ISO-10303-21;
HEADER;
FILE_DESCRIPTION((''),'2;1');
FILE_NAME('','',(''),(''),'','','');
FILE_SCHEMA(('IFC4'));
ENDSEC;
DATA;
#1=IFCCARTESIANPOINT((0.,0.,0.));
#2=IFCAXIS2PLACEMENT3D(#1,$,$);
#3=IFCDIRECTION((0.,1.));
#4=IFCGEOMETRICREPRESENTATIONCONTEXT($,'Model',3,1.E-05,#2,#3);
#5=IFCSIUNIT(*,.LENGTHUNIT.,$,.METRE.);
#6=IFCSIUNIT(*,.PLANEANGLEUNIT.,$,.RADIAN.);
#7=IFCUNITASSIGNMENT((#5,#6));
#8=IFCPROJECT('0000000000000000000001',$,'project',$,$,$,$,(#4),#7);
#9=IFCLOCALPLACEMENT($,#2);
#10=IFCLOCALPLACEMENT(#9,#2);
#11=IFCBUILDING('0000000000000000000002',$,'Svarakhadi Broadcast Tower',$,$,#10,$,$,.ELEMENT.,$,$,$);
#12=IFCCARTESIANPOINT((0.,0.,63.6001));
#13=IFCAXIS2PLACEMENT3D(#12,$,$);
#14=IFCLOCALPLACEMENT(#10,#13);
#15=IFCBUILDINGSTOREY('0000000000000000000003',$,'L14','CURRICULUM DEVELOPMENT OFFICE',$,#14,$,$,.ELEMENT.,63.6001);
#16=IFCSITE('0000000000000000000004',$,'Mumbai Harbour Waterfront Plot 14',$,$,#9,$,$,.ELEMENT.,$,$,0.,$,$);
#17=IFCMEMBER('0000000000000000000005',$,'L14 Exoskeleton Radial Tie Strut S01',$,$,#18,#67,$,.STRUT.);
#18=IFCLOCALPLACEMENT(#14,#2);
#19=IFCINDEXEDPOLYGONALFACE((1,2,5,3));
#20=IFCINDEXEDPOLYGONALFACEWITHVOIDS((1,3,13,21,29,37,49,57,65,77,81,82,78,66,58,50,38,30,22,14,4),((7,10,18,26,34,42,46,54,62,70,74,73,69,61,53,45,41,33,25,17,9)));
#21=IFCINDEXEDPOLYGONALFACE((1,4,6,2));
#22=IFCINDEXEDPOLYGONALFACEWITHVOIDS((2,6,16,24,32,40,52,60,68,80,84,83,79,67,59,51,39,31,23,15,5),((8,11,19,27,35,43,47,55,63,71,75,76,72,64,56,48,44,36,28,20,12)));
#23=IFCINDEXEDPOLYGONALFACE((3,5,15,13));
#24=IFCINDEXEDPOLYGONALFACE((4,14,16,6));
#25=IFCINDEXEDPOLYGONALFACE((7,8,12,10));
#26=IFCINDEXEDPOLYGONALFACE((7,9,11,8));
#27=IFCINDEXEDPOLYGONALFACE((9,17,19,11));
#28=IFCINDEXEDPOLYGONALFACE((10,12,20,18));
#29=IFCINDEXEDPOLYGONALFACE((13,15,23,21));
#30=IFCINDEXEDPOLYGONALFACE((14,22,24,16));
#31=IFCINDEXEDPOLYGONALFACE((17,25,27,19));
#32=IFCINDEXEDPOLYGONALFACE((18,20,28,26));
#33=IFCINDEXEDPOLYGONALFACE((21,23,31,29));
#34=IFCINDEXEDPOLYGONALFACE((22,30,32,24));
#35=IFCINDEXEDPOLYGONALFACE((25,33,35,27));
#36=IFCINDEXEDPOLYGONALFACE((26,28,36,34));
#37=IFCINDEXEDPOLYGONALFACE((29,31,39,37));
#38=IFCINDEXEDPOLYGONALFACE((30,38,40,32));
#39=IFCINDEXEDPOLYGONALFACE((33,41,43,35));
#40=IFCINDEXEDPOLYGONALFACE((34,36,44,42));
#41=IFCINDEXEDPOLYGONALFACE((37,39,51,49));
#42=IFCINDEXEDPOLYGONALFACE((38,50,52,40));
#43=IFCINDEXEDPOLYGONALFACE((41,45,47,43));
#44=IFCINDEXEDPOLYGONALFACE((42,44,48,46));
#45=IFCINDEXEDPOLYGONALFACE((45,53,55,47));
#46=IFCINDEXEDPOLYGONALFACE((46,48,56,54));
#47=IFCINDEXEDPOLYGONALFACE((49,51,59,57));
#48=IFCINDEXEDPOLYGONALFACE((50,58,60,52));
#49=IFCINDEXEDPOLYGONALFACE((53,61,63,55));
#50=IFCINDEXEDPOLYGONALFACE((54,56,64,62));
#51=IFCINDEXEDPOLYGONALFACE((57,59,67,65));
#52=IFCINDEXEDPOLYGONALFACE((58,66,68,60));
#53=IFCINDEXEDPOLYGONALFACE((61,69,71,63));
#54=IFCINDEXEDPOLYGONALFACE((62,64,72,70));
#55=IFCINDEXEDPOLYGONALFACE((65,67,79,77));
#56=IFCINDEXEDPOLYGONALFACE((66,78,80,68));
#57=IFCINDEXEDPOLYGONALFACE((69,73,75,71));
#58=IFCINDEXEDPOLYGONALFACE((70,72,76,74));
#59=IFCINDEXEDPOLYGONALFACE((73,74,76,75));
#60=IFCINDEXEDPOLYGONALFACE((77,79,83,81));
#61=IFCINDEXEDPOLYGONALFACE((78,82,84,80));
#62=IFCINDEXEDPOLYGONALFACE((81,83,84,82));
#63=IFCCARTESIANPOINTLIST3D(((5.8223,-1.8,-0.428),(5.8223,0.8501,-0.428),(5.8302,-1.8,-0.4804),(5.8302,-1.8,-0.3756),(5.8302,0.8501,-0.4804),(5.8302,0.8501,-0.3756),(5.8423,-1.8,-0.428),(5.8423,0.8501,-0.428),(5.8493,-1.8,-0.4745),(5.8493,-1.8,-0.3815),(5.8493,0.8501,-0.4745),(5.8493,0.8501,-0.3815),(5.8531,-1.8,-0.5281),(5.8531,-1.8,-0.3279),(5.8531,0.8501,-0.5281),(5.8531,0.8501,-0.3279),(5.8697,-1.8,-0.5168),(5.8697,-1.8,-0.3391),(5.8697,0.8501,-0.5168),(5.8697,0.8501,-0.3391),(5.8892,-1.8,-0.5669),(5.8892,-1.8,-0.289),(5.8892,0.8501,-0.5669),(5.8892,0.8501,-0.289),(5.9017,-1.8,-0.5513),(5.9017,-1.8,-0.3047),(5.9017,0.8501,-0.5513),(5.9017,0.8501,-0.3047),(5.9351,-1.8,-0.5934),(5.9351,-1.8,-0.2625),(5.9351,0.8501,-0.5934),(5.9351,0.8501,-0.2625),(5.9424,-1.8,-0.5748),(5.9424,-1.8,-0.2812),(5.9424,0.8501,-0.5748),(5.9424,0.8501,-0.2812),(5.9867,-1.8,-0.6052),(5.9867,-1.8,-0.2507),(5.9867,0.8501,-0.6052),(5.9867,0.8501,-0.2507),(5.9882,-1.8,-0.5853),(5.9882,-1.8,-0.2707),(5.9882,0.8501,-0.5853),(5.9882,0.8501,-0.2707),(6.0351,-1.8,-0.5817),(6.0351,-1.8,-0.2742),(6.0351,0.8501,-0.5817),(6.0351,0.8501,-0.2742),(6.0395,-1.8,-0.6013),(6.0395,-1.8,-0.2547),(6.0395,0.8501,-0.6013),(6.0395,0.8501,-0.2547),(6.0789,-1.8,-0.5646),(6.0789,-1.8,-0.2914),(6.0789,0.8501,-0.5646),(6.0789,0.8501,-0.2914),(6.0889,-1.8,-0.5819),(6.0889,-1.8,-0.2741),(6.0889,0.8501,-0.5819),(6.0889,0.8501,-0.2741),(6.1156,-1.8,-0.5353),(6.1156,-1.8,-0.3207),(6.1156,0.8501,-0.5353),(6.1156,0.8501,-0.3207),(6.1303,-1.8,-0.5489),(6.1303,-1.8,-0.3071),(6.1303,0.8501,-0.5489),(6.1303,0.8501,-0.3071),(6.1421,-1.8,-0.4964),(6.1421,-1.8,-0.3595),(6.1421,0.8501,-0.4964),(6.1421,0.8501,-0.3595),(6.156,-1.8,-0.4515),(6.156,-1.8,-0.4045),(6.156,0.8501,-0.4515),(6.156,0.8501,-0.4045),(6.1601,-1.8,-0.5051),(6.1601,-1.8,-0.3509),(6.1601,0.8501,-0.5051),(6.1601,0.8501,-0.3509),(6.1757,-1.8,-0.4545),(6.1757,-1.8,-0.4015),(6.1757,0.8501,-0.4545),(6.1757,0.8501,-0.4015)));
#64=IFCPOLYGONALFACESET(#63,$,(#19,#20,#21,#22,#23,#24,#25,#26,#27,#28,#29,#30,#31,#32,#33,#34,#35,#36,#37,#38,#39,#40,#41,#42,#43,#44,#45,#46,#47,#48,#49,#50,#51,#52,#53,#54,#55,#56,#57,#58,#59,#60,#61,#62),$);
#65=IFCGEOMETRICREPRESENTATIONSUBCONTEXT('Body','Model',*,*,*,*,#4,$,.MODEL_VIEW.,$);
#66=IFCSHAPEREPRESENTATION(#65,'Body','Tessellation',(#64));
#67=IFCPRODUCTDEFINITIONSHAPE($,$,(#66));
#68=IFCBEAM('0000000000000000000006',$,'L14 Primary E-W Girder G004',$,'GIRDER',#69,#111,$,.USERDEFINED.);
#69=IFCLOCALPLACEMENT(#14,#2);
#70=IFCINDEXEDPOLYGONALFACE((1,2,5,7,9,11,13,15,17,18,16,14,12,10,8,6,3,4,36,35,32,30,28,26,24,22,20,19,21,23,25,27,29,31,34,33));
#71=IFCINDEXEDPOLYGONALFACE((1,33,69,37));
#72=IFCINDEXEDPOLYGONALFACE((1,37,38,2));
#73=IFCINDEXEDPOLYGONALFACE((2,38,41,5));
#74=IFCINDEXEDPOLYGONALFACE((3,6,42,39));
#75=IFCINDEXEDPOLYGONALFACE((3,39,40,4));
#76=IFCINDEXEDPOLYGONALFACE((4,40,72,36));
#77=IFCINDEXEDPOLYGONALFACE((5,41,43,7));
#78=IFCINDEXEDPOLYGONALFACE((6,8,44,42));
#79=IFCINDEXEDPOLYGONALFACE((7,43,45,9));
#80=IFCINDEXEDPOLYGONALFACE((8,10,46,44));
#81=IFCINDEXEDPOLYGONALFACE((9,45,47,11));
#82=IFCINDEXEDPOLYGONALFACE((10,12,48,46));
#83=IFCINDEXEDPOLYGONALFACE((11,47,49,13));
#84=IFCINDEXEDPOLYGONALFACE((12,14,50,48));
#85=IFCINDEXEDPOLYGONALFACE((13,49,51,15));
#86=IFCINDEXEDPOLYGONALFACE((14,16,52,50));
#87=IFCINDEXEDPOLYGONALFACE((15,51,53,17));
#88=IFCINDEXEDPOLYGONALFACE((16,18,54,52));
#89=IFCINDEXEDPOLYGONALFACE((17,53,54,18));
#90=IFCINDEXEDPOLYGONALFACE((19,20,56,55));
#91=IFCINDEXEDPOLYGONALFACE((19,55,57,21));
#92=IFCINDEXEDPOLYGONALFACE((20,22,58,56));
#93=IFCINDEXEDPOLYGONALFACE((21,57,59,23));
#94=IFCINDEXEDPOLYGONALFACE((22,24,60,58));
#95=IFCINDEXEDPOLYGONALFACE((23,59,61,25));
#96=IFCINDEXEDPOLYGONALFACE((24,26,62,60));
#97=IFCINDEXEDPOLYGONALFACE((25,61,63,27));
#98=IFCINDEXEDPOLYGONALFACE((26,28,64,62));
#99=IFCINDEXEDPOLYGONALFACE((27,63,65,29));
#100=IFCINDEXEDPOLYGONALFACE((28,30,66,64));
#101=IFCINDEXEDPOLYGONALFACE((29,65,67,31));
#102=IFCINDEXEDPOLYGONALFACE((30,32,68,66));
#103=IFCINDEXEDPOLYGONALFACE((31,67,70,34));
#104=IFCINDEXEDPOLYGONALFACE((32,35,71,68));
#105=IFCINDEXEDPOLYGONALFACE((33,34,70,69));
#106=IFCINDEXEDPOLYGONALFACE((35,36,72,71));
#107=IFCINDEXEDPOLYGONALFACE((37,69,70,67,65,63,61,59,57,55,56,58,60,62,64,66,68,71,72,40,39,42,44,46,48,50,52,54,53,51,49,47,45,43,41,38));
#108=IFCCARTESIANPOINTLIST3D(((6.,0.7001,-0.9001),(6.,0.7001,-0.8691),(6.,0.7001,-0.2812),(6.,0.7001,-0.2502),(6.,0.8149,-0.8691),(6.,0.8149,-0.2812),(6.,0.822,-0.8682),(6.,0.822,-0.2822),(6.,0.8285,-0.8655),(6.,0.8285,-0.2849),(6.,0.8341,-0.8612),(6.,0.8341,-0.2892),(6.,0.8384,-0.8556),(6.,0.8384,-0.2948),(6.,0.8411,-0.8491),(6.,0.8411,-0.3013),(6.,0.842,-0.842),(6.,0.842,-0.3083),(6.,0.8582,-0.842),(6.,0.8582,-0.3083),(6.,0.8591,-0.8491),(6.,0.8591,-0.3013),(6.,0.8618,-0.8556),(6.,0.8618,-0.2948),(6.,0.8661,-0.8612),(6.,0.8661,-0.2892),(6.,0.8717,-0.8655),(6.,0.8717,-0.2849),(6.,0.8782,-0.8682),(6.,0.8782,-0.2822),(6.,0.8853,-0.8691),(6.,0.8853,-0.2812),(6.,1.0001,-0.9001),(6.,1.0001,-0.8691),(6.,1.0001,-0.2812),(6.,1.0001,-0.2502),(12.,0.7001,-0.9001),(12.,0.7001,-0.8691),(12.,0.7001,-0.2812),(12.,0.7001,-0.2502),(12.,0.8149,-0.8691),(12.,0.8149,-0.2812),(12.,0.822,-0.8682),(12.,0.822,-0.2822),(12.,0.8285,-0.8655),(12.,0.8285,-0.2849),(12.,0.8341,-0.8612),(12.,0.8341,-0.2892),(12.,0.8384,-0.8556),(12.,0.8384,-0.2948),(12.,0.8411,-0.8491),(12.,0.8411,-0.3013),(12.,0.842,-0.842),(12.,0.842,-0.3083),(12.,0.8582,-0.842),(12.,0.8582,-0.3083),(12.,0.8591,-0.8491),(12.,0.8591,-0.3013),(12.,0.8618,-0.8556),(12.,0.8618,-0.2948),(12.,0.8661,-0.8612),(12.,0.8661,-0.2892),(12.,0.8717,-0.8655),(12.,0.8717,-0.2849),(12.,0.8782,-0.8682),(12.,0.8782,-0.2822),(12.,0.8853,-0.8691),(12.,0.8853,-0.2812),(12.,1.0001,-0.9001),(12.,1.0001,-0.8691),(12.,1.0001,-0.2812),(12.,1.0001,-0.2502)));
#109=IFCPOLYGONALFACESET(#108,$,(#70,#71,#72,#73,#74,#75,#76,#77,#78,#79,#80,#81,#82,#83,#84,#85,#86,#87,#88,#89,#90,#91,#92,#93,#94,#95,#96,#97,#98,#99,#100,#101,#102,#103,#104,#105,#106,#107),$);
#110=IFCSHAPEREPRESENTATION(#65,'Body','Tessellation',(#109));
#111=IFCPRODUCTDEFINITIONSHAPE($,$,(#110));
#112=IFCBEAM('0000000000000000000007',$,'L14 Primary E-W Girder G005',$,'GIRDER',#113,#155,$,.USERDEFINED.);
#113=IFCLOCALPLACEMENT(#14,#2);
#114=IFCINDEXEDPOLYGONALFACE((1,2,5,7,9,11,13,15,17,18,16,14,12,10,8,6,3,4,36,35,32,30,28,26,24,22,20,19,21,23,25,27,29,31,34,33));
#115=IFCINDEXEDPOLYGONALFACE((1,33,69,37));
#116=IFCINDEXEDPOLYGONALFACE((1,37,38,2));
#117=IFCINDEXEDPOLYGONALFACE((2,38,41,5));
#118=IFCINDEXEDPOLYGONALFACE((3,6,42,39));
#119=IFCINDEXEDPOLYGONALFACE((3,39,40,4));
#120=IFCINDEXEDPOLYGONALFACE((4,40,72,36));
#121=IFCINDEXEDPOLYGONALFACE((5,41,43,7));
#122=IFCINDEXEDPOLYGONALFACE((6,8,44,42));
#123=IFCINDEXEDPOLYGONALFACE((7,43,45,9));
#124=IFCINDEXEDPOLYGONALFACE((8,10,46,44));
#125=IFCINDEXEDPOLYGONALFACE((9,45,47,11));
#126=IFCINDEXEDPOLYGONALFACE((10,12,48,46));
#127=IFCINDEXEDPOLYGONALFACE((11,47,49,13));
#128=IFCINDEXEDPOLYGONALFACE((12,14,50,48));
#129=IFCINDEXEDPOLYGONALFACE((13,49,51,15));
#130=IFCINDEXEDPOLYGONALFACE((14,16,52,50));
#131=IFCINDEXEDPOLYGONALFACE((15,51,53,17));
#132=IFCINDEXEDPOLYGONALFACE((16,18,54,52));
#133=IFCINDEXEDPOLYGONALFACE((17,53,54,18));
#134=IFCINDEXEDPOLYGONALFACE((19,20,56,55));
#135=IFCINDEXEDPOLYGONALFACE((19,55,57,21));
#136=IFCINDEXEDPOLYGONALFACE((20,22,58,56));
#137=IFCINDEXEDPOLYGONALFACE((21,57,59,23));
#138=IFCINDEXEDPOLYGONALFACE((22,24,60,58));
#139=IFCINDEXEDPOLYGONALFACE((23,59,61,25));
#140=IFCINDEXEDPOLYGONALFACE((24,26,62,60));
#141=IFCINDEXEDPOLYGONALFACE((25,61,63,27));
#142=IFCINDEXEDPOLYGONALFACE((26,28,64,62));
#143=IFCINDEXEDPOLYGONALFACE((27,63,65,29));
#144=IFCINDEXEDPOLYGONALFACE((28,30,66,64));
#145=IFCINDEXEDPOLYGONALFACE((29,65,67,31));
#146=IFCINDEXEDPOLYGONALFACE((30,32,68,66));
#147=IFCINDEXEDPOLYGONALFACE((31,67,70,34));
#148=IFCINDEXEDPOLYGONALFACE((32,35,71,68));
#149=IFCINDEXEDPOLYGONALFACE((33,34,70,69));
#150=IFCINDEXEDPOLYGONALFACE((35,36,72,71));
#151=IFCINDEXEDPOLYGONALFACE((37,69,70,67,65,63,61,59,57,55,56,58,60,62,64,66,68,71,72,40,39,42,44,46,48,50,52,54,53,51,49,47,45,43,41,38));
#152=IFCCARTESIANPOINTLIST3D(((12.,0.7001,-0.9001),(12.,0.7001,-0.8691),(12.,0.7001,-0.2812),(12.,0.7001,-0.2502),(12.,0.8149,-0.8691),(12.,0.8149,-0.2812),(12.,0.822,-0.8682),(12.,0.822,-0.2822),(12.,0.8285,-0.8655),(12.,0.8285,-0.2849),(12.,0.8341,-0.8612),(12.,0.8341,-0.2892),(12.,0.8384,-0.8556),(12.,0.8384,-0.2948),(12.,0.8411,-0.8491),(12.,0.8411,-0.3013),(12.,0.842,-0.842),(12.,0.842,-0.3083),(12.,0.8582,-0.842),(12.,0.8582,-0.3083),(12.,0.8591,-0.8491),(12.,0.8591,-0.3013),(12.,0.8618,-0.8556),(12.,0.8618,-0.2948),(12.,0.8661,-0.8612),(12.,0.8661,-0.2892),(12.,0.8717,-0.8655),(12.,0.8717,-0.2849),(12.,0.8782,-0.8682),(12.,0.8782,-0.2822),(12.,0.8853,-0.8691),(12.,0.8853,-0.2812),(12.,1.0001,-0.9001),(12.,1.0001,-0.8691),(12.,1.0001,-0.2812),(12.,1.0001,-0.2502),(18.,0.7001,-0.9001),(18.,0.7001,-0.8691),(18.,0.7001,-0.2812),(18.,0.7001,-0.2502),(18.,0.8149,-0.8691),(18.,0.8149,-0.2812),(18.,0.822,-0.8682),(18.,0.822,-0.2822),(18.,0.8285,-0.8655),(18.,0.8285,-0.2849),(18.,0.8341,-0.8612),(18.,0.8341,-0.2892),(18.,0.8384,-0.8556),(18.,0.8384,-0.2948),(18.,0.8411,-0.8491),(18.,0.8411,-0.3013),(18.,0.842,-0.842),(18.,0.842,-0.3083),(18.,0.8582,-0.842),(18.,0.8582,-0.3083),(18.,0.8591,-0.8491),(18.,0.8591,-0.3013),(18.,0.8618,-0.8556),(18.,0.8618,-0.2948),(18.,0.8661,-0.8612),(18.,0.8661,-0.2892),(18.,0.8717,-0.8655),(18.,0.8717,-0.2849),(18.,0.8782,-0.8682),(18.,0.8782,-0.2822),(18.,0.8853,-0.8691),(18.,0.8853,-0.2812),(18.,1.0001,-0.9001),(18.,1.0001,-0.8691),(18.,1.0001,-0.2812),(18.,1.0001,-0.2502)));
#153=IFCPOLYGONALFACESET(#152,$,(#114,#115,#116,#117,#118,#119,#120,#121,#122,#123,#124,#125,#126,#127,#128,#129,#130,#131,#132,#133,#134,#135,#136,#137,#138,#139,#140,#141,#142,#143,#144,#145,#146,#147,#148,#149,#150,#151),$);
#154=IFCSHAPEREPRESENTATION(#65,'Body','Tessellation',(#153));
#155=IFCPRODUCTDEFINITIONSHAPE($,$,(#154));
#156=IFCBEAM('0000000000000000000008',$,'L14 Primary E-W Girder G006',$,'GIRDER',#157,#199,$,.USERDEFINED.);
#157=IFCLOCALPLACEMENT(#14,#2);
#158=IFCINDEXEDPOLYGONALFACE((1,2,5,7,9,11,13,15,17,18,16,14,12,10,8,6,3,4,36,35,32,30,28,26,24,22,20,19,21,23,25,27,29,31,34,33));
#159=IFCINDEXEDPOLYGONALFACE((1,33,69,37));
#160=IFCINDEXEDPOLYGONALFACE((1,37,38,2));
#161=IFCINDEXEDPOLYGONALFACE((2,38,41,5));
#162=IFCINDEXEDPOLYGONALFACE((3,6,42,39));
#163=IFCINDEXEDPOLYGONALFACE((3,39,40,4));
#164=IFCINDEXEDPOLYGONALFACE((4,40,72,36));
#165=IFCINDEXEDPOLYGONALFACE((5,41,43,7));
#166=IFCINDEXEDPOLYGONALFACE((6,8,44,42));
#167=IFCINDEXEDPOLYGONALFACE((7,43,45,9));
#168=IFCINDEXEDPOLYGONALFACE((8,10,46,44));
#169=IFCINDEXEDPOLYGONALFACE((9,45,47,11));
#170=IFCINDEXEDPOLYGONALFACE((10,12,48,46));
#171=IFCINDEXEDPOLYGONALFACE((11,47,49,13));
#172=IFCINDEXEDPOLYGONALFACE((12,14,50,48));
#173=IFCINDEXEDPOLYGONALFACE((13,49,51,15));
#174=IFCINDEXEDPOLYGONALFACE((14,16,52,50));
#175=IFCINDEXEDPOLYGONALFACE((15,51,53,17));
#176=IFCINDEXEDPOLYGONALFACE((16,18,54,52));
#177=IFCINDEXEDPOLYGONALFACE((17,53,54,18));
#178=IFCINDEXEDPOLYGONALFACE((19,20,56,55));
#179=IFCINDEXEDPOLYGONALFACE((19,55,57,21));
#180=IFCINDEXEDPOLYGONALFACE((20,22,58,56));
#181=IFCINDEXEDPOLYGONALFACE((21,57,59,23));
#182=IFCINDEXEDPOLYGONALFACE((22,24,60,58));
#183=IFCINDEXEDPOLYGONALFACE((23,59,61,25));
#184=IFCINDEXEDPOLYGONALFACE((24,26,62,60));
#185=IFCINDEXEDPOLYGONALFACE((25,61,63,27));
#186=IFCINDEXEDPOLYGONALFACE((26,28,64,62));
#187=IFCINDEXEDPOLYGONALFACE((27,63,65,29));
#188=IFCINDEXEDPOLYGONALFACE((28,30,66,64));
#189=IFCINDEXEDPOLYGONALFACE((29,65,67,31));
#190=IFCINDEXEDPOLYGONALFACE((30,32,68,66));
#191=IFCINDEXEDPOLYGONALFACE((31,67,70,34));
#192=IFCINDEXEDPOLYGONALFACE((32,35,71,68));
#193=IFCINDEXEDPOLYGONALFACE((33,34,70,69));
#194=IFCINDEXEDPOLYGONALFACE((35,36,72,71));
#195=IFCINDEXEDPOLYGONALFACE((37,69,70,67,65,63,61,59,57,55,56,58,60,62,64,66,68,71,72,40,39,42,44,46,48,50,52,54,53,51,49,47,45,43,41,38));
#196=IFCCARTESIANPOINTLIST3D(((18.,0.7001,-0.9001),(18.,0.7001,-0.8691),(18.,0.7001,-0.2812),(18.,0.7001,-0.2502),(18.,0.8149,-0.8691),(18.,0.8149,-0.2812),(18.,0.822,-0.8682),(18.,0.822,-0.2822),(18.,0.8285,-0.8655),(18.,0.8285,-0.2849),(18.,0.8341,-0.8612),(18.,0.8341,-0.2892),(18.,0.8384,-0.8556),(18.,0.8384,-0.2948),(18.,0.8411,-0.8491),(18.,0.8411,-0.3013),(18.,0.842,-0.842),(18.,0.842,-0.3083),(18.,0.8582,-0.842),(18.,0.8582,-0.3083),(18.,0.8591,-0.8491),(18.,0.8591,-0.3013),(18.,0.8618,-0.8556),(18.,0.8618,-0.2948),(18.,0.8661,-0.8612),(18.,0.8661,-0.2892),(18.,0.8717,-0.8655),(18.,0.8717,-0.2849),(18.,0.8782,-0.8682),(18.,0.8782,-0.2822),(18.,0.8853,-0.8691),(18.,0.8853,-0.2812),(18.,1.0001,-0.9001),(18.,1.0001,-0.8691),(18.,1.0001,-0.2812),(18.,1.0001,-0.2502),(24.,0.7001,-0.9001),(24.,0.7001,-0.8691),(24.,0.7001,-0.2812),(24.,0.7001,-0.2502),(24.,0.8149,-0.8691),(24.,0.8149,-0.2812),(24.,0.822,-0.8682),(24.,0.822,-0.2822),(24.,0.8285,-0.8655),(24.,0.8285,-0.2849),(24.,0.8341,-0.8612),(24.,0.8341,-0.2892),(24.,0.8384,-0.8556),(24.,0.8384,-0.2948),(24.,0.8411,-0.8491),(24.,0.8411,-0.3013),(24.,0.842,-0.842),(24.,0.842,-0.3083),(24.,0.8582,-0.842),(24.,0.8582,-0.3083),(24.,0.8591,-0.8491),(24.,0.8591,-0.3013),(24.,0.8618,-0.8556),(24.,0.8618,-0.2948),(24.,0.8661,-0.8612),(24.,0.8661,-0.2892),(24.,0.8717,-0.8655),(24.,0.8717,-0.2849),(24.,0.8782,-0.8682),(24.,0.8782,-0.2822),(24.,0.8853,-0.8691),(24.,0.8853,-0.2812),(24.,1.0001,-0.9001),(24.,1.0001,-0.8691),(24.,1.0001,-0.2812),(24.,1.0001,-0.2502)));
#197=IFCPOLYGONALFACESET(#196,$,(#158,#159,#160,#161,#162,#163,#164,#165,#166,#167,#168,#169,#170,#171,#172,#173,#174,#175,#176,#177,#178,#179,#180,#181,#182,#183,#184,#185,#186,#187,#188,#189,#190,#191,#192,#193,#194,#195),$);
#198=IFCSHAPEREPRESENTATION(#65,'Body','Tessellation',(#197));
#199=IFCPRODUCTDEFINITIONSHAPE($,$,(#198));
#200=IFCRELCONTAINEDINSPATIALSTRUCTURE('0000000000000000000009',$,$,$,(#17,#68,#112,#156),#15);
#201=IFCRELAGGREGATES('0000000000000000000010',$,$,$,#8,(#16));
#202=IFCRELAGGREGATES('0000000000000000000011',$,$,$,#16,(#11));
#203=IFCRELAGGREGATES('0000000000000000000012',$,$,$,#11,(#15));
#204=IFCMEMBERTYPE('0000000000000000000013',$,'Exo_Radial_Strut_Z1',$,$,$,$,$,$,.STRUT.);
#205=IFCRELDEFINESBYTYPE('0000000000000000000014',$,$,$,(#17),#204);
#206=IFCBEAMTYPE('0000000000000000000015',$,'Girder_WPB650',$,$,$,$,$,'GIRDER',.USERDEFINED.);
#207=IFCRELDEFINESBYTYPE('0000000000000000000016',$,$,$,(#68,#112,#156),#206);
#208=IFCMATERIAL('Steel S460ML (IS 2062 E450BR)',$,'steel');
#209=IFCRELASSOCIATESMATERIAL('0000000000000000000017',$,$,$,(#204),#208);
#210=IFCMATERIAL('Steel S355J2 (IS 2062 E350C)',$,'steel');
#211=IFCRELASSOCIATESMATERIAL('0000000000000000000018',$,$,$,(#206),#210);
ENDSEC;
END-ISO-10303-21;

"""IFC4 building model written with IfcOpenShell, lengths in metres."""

from ifc_helpers import new_model, si_unit, direction, frame, origin, origin_2d, place, context, subcontext, project, spatial, hollow_circle, i_section, extrude, material, material_profile, profile_set, type_object, element, save


model = new_model("IFC4")

# Units and contexts
model_context = context("Model", 3, precision=1e-05, world=origin(), true_north=direction((0.0, 1.0)))
body_context = subcontext(model_context, "Body", "Model", "MODEL_VIEW")
ifc_project = project(units=[si_unit("LENGTHUNIT", "METRE"), si_unit("PLANEANGLEUNIT", "RADIAN")], contexts=[model_context])

# Site, building, storey
site_placement = place(None, origin())
site = spatial("IfcSite", under=ifc_project, at=site_placement, Name="Mumbai Harbour Waterfront Plot 14", CompositionType="ELEMENT", RefElevation=0.0)
building_placement = place(site_placement, origin())
building = spatial("IfcBuilding", under=site, at=building_placement, Name="Svarakhadi Broadcast Tower", CompositionType="ELEMENT")
storey_placement = place(building_placement, frame((0.0, 0.0, 63.6001)))
storey = spatial("IfcBuildingStorey", under=building, at=storey_placement, Name="L14", Description="CURRICULUM DEVELOPMENT OFFICE", CompositionType="ELEMENT", Elevation=63.6001)

# Shared definitions
ifc_material_1 = material(Name="Steel S460ML (IS 2062 E450BR)", Category="steel")

# Shared definitions
ifc_material_2 = material(Name="Steel S355J2 (IS 2062 E350C)", Category="steel")

# Member
ifc_material_profile_1 = material_profile(ifc_material_1, hollow_circle(Radius=0.1777, WallThickness=0.02, at=origin_2d()), Name="CHS 355.6x20")
ifc_profile_set_1 = profile_set([ifc_material_profile_1], Name="Steel S460ML (IS 2062 E450BR)")
member_type_1 = type_object("IfcMemberType", Name="Exo_Radial_Strut_Z1", PredefinedType="STRUT", material=ifc_profile_set_1)
member_1_placement = place(storey_placement, frame((6.0, -1.8, -0.428), z_axis=(0.0, 1.0, 0.0), x_axis=(-1.0, 0.0, 0.0)))
element("IfcMember", 1, at=member_1_placement, inside=storey, type_object=member_type_1, Name="L14 Exoskeleton Radial Tie Strut S01", PredefinedType="STRUT", context=body_context, shape_type="SweptSolid", body=[
    extrude(hollow_circle(Radius=0.1777, WallThickness=0.02, at=origin_2d()), origin(), (0.0, 0.0, 1.0), 2.6501),
])

# Beams
ifc_material_profile_2 = material_profile(ifc_material_2, i_section(OverallWidth=0.3, OverallDepth=0.6499, WebThickness=0.0161, FlangeThickness=0.031, FilletRadius=0.0271, at=origin_2d()), Name="WPB 650x300x225")
ifc_profile_set_2 = profile_set([ifc_material_profile_2], Name="Steel S355J2 (IS 2062 E350C)")
beam_type_1 = type_object("IfcBeamType", Name="Girder_WPB650", ElementType="GIRDER", PredefinedType="USERDEFINED", material=ifc_profile_set_2)
for number, where, z_axis, x_axis, name in (
    (2, (6.0, 0.8501, -0.5752), (1.0, 0.0, 0.0), (0.0, 1.0, 0.0), "L14 Primary E-W Girder G004"),
    (3, (12.0, 0.8501, -0.5752), (1.0, 0.0, 0.0), (0.0, 1.0, 0.0), "L14 Primary E-W Girder G005"),
    (4, (18.0, 0.8501, -0.5752), (1.0, 0.0, 0.0), (0.0, 1.0, 0.0), "L14 Primary E-W Girder G006"),
):
    element("IfcBeam", number, at=place(storey_placement, frame(where, z_axis=z_axis, x_axis=x_axis)), inside=storey, type_object=beam_type_1, Name=name, ObjectType="GIRDER", PredefinedType="USERDEFINED", context=body_context, shape_type="SweptSolid", body=[
        extrude(i_section(OverallWidth=0.3, OverallDepth=0.6499, WebThickness=0.0161, FlangeThickness=0.031, FilletRadius=0.0271, at=origin_2d()), origin(), (0.0, 0.0, 1.0), 6.0),
    ])

save(model, "model.ifc")
